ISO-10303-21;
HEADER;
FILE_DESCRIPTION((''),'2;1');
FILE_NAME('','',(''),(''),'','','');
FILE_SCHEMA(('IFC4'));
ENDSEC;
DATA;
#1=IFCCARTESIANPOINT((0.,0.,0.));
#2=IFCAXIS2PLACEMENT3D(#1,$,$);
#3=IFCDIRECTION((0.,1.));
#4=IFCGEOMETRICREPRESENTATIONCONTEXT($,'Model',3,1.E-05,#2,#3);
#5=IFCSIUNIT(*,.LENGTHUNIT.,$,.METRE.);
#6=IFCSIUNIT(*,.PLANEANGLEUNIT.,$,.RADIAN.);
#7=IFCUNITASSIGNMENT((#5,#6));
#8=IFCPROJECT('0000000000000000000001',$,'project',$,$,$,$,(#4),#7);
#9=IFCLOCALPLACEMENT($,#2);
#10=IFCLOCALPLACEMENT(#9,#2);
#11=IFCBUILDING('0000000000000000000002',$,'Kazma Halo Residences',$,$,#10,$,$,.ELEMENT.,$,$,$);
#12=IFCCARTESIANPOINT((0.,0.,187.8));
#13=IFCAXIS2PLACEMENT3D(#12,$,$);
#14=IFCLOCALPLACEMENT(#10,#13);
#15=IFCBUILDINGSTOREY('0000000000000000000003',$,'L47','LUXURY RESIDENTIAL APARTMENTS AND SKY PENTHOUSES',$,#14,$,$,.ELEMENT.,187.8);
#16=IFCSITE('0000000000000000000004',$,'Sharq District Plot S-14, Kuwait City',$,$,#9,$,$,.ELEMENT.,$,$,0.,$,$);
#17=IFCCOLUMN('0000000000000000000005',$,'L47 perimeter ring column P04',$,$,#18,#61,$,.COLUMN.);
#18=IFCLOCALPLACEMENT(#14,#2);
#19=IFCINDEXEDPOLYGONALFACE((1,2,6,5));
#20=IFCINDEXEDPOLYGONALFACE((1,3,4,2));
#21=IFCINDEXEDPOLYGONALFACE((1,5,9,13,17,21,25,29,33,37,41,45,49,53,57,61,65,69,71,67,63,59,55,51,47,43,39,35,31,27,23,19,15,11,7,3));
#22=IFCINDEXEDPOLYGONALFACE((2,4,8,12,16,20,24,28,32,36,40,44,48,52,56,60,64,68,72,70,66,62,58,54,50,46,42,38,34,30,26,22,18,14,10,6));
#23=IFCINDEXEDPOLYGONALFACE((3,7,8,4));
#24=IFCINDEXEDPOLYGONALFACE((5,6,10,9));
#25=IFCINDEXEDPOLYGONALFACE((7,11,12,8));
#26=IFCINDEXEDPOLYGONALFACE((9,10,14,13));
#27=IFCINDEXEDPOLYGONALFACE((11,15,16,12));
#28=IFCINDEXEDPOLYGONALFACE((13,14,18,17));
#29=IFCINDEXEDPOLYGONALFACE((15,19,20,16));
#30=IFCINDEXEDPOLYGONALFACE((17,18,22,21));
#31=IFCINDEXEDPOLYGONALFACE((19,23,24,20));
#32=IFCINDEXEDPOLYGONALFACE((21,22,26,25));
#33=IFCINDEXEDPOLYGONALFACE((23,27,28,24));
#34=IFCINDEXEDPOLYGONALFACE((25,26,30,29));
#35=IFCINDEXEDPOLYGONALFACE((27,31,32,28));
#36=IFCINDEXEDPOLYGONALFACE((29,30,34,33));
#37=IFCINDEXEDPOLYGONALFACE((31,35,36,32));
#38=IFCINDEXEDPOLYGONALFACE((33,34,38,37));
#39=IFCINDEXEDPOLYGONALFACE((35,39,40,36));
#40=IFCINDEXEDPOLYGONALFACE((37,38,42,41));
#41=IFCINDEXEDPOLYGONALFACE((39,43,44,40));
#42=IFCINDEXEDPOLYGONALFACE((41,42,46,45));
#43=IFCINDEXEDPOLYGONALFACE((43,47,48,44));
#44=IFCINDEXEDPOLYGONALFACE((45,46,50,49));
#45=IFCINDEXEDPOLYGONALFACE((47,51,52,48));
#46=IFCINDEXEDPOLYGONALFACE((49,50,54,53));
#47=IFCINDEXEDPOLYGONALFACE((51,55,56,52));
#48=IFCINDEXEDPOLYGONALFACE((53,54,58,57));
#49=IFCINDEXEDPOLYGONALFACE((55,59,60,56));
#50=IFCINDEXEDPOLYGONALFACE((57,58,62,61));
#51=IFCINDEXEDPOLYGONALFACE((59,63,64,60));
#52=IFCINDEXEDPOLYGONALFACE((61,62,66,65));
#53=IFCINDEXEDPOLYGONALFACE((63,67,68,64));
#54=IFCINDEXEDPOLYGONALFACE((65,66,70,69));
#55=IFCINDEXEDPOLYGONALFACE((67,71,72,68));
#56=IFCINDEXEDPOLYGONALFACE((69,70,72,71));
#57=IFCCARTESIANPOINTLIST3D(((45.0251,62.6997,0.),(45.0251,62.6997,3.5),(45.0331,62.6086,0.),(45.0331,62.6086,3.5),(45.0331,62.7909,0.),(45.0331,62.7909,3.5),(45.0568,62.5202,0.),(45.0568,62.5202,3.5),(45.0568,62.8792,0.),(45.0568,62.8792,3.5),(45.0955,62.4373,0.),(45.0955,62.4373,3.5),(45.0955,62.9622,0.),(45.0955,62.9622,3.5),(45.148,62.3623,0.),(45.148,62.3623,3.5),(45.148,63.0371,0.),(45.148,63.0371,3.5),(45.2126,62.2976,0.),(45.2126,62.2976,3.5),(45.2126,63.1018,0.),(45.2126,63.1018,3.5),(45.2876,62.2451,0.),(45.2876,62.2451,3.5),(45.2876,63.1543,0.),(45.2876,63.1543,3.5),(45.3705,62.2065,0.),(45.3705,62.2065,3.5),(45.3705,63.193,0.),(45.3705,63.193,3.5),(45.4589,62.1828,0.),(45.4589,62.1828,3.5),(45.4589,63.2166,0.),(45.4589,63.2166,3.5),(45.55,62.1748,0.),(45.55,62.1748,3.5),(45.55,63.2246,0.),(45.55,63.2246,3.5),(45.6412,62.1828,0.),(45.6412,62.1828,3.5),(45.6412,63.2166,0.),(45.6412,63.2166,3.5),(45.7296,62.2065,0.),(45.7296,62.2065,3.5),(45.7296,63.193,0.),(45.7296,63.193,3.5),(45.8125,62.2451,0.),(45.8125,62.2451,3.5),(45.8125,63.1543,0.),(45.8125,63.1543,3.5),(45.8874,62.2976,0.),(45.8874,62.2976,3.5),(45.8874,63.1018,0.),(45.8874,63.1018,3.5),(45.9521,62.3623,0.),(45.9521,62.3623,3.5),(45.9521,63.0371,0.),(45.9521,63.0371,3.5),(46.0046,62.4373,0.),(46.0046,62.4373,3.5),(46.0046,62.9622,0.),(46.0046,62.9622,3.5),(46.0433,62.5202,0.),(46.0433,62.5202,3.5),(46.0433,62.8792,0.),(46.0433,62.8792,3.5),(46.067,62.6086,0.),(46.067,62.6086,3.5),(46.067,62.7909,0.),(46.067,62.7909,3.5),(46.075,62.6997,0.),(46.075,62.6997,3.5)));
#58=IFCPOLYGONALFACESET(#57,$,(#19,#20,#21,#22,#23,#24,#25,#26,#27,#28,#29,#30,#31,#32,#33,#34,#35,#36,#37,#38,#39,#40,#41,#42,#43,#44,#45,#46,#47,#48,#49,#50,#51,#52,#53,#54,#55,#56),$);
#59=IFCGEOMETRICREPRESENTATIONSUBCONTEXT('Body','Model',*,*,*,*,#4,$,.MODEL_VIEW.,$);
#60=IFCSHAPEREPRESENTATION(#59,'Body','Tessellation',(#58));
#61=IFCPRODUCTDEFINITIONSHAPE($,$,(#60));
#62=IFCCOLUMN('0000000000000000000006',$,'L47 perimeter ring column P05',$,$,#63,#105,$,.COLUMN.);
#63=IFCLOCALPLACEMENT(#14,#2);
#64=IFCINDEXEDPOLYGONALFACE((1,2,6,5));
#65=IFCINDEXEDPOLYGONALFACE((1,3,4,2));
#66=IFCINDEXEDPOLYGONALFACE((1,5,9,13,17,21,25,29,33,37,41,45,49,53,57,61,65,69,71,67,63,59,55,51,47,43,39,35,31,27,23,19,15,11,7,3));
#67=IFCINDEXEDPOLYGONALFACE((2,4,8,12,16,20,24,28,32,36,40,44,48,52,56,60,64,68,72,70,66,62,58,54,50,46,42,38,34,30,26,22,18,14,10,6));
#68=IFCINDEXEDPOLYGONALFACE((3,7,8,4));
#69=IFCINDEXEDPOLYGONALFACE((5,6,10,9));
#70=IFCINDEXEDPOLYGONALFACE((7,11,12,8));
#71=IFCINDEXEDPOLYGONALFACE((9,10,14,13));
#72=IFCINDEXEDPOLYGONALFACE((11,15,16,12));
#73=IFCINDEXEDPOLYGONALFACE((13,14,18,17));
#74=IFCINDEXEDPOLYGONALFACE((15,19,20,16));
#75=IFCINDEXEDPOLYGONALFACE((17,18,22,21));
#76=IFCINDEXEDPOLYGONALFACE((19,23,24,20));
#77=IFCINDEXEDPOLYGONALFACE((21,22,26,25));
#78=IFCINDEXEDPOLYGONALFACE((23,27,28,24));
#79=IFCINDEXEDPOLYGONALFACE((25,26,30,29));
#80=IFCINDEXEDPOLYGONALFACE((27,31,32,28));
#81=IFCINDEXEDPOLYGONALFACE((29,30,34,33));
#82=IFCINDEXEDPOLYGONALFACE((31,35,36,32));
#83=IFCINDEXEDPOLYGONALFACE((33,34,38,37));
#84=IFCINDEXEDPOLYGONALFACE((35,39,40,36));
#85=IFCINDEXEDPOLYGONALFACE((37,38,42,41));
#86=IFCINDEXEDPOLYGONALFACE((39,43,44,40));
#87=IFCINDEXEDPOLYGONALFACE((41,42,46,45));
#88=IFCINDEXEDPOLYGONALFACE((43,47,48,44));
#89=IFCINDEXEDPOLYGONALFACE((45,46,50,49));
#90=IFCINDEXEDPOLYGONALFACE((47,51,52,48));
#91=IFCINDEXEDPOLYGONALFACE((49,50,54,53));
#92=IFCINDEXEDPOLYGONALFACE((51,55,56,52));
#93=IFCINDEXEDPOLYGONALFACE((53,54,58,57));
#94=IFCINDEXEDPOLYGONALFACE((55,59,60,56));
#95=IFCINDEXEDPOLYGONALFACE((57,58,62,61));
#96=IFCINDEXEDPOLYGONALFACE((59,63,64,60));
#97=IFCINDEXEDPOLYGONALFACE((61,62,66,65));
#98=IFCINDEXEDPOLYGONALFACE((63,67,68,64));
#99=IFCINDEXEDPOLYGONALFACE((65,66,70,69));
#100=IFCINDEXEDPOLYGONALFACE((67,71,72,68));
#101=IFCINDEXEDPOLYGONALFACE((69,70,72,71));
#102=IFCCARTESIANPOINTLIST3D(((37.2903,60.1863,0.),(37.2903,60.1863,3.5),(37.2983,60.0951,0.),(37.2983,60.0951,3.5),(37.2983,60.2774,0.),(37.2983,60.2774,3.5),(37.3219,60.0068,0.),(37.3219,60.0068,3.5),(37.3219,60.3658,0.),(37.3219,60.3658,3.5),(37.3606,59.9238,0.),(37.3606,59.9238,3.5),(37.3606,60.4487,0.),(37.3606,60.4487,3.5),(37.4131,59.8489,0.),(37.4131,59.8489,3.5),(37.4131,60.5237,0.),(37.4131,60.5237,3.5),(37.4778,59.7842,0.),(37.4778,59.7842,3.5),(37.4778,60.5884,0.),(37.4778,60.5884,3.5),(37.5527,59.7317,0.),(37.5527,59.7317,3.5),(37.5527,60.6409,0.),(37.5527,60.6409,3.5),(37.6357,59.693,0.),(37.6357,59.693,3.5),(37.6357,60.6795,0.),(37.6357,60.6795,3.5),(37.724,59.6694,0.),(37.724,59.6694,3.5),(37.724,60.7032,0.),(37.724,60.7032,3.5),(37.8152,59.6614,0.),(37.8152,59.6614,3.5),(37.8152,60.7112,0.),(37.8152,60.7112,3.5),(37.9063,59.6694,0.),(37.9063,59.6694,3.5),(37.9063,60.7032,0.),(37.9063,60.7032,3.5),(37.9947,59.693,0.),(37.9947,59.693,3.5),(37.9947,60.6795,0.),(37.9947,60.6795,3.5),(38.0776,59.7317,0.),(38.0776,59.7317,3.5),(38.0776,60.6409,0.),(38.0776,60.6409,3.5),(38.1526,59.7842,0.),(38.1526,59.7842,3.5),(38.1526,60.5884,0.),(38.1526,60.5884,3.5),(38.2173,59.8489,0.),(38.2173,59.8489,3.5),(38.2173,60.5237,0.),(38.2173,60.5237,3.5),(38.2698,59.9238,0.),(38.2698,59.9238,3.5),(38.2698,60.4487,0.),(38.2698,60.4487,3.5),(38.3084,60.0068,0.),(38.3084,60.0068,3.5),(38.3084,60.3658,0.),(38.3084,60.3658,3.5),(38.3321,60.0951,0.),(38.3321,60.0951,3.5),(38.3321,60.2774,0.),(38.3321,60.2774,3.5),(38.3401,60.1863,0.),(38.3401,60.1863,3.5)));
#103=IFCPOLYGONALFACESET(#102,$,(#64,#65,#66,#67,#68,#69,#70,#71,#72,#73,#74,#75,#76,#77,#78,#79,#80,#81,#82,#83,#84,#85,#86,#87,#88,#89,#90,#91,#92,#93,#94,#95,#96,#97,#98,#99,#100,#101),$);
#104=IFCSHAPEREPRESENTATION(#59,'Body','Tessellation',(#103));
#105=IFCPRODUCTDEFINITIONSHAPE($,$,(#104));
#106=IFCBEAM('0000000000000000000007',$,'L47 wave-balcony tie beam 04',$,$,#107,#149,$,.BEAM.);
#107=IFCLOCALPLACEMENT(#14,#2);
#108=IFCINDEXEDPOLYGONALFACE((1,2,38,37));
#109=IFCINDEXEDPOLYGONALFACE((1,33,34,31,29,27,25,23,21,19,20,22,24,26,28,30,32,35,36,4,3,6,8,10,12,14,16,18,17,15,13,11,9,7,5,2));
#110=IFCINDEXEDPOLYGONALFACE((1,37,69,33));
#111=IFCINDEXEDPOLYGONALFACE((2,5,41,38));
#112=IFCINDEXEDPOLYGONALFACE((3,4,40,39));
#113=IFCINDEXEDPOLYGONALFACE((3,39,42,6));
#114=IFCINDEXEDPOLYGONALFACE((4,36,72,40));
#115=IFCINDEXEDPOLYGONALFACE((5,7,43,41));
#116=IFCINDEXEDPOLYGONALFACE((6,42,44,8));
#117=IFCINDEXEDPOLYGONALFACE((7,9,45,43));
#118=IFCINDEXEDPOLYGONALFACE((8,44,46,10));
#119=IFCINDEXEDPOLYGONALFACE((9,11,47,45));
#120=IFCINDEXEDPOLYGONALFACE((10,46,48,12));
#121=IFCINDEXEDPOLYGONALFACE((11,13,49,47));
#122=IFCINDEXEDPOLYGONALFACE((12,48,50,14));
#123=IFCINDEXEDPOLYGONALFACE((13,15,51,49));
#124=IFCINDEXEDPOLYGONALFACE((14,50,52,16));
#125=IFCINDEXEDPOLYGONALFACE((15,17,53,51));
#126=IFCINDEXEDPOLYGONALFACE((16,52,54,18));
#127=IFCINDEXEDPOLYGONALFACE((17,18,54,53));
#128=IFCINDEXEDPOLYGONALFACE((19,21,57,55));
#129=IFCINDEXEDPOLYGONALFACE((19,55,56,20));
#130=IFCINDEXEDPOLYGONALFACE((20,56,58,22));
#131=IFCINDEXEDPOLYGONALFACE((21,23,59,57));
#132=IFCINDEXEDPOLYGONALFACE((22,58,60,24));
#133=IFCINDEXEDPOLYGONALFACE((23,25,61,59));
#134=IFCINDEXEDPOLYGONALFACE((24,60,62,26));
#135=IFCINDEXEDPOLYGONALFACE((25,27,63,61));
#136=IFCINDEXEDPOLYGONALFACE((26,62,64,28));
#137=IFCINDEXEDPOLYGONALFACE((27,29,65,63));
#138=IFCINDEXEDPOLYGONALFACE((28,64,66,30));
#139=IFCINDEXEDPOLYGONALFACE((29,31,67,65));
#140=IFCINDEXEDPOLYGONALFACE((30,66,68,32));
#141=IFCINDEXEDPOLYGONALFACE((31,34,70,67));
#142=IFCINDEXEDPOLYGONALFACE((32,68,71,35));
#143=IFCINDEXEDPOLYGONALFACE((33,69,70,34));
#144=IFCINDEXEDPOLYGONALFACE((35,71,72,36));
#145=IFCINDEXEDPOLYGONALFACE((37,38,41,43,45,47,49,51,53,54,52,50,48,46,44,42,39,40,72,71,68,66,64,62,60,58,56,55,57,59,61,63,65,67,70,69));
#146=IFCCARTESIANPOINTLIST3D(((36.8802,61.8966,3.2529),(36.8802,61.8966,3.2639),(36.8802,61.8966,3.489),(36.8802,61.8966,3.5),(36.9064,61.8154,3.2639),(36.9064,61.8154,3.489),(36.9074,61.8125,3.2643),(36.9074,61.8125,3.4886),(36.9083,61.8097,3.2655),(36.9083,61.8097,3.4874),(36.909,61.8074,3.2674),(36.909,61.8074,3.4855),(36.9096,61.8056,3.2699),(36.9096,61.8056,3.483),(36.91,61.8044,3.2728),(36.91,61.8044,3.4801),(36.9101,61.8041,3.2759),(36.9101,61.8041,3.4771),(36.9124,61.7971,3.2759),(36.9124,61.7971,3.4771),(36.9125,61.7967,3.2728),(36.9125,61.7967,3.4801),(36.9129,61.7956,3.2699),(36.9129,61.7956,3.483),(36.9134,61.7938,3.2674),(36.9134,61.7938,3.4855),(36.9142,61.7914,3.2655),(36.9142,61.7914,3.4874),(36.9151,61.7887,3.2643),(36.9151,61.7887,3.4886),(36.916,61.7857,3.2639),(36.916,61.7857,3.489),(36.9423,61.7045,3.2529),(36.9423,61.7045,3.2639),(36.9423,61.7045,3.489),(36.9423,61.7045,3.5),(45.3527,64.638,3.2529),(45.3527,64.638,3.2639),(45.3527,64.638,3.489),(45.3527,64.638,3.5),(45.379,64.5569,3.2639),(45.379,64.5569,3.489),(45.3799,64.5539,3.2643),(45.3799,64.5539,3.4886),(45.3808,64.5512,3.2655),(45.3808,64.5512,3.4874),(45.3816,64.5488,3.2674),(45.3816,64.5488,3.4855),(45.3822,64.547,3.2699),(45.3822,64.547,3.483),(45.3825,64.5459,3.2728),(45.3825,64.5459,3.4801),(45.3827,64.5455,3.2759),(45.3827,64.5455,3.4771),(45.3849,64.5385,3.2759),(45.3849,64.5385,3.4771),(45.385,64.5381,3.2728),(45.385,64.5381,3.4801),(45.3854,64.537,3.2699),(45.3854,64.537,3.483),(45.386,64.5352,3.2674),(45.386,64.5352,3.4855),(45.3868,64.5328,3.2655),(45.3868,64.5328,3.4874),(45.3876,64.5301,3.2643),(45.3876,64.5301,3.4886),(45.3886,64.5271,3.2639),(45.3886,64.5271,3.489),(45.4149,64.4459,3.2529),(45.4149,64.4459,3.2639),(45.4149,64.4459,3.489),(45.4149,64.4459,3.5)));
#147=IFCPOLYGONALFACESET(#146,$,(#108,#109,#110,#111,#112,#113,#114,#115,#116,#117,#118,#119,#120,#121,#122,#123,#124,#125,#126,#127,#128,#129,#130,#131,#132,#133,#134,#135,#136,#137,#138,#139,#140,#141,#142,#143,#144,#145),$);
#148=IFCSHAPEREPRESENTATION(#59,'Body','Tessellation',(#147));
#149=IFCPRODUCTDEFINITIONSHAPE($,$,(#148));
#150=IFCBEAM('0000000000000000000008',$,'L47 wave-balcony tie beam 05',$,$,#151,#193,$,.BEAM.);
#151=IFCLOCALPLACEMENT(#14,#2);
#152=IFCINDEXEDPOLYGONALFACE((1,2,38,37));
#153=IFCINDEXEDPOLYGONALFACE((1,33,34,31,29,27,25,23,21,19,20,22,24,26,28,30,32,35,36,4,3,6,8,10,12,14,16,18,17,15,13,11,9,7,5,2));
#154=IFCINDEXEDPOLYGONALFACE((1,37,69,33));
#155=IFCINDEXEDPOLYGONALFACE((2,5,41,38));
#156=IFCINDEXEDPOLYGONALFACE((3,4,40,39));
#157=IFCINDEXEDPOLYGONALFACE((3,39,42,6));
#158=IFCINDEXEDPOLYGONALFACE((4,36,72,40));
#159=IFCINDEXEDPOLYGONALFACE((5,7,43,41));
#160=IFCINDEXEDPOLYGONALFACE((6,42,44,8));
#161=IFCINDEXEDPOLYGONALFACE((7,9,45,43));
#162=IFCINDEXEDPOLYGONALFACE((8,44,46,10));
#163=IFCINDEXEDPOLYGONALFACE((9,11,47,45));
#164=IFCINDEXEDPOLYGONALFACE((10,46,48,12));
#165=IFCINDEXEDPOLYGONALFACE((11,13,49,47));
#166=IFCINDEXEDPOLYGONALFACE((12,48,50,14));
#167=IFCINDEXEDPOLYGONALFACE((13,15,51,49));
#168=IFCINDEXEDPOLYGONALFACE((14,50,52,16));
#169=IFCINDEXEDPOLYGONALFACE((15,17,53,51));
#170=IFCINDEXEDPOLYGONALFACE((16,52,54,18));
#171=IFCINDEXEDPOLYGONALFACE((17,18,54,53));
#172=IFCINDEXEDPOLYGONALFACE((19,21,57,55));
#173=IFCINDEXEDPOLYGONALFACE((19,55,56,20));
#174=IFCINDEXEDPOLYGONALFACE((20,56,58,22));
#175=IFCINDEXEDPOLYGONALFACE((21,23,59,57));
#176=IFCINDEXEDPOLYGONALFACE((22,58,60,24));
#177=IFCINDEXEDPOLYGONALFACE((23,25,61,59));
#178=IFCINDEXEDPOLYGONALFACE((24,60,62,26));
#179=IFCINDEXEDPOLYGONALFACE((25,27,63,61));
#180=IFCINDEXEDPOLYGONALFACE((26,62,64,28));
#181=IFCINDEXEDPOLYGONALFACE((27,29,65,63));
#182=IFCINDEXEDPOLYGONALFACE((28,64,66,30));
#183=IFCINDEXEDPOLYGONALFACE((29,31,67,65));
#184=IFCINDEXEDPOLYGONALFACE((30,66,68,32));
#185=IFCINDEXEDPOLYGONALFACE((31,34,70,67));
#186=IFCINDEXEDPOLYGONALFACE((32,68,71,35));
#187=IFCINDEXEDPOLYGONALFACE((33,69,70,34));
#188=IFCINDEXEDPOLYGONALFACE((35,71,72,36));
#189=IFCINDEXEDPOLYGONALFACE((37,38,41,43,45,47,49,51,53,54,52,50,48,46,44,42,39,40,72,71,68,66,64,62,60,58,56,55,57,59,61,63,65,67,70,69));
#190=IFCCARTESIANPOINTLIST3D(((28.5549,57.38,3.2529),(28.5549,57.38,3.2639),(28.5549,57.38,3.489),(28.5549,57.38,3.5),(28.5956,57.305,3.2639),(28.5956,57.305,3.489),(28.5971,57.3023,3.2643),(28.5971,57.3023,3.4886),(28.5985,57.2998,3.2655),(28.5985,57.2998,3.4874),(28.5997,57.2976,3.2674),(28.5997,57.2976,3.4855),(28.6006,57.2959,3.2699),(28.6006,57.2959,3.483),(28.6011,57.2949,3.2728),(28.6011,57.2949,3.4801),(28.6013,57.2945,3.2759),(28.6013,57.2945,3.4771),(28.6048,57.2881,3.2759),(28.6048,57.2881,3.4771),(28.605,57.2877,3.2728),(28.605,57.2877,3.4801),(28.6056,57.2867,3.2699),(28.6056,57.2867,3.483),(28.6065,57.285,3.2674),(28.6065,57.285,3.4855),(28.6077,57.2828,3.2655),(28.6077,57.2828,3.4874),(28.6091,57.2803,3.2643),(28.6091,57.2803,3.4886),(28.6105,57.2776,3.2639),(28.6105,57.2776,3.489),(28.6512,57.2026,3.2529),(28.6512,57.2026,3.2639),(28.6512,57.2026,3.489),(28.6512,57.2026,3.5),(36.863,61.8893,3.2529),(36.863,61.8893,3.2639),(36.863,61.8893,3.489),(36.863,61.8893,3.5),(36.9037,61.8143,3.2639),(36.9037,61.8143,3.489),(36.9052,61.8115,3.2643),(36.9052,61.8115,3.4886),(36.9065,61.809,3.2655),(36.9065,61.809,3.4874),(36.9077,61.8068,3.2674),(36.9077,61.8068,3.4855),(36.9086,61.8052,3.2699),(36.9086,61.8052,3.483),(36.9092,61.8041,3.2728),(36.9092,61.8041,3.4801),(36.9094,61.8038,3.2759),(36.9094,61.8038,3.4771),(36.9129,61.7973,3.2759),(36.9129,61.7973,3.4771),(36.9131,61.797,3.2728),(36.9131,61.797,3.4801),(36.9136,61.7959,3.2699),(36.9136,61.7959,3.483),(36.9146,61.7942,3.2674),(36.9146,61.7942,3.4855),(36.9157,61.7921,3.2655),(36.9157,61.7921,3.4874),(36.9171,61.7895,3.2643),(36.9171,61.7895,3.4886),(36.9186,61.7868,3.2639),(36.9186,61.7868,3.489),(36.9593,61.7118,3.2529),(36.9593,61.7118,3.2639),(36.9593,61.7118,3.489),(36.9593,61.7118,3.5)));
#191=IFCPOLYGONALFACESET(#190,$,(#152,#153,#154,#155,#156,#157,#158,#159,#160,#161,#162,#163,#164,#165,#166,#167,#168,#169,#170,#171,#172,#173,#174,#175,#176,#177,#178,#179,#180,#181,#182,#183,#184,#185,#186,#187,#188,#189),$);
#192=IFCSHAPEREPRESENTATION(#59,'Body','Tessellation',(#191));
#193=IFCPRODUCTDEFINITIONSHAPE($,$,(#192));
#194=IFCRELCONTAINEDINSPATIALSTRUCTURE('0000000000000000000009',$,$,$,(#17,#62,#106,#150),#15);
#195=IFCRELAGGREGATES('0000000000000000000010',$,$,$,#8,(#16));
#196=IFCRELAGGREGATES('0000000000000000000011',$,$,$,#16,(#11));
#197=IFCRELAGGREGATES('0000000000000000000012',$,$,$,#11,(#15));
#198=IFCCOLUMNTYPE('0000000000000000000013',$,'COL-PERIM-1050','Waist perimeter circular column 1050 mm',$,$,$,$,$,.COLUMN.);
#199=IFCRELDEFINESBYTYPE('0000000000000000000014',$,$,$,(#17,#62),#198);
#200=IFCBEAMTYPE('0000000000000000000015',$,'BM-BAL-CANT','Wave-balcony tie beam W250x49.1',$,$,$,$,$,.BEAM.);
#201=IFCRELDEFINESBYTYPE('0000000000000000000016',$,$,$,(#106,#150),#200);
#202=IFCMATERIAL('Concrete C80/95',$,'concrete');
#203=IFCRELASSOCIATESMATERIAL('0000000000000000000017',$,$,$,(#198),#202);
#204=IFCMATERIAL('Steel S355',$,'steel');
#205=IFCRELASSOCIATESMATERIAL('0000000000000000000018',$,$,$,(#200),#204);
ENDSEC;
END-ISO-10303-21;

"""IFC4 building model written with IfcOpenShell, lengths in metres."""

from ifc_helpers import new_model, si_unit, direction, frame, origin, origin_2d, place, context, subcontext, project, spatial, circle, i_section, extrude, material, material_profile, profile_set, type_object, element, save


model = new_model("IFC4")

# Units and contexts
model_context = context("Model", 3, precision=1e-05, world=origin(), true_north=direction((0.0, 1.0)))
body_context = subcontext(model_context, "Body", "Model", "MODEL_VIEW")
ifc_project = project(units=[si_unit("LENGTHUNIT", "METRE"), si_unit("PLANEANGLEUNIT", "RADIAN")], contexts=[model_context])

# Site, building, storey
site_placement = place(None, origin())
site = spatial("IfcSite", under=ifc_project, at=site_placement, Name="Sharq District Plot S-14, Kuwait City", CompositionType="ELEMENT", RefElevation=0.0)
building_placement = place(site_placement, origin())
building = spatial("IfcBuilding", under=site, at=building_placement, Name="Kazma Halo Residences", CompositionType="ELEMENT")
storey_placement = place(building_placement, frame((0.0, 0.0, 187.8)))
storey = spatial("IfcBuildingStorey", under=building, at=storey_placement, Name="L47", Description="LUXURY RESIDENTIAL APARTMENTS AND SKY PENTHOUSES", CompositionType="ELEMENT", Elevation=187.8)

# Columns
ifc_material_1 = material(Name="Concrete C80/95", Category="concrete")
ifc_material_profile_1 = material_profile(ifc_material_1, circle(Radius=0.5249, at=origin_2d()), Name="CIRC1050")
ifc_profile_set_1 = profile_set([ifc_material_profile_1], Name="Concrete C80/95")
column_type = type_object("IfcColumnType", Name="COL-PERIM-1050", Description="Waist perimeter circular column 1050 mm", PredefinedType="COLUMN", material=ifc_profile_set_1)
for number, where, z_axis, x_axis, name in (
    (1, (45.55, 62.6997, 0.0), (0.0, 0.0, 1.0), (1.0, 0.0, 0.0), "L47 perimeter ring column P04"),
    (2, (37.8152, 60.1863, 0.0), (0.0, 0.0, 1.0), (1.0, 0.0, 0.0), "L47 perimeter ring column P05"),
):
    element("IfcColumn", number, at=place(storey_placement, frame(where, z_axis=z_axis, x_axis=x_axis)), inside=storey, type_object=column_type, Name=name, PredefinedType="COLUMN", context=body_context, shape_type="SweptSolid", body=[
        extrude(circle(Radius=0.5249, at=origin_2d()), origin(), (0.0, 0.0, 1.0), 3.5),
    ])

# Beams
ifc_material_2 = material(Name="Steel S355", Category="steel")
ifc_material_profile_2 = material_profile(ifc_material_2, i_section(OverallWidth=0.2019, OverallDepth=0.2471, WebThickness=0.0073, FlangeThickness=0.011, FilletRadius=0.012, at=origin_2d()), Name="W250x49.1")
ifc_profile_set_2 = profile_set([ifc_material_profile_2], Name="Steel S355")
beam_type_1 = type_object("IfcBeamType", Name="BM-BAL-CANT", Description="Wave-balcony tie beam W250x49.1", PredefinedType="BEAM", material=ifc_profile_set_2)
beam_1_placement = place(storey_placement, frame((45.3838, 64.542, 3.3765), z_axis=(-0.951435, -0.307851, 0.0), x_axis=(0.307851, -0.951435, 0.0)))
element("IfcBeam", 3, at=beam_1_placement, inside=storey, type_object=beam_type_1, Name="L47 wave-balcony tie beam 04", PredefinedType="BEAM", context=body_context, shape_type="SweptSolid", body=[
    extrude(i_section(OverallWidth=0.2019, OverallDepth=0.2471, WebThickness=0.0073, FlangeThickness=0.011, FilletRadius=0.012, at=origin_2d()), origin(), (0.0, 0.0, 1.0), 8.905),
])
beam_2_placement = place(storey_placement, frame((36.9111, 61.8005, 3.3765), z_axis=(-0.878891, -0.477023, 0.0), x_axis=(0.477023, -0.878891, 0.0)))
element("IfcBeam", 4, at=beam_2_placement, inside=storey, type_object=beam_type_1, Name="L47 wave-balcony tie beam 05", PredefinedType="BEAM", context=body_context, shape_type="SweptSolid", body=[
    extrude(i_section(OverallWidth=0.2019, OverallDepth=0.2471, WebThickness=0.0073, FlangeThickness=0.011, FilletRadius=0.012, at=origin_2d()), origin(), (0.0, 0.0, 1.0), 9.4529),
])

save(model, "model.ifc")
